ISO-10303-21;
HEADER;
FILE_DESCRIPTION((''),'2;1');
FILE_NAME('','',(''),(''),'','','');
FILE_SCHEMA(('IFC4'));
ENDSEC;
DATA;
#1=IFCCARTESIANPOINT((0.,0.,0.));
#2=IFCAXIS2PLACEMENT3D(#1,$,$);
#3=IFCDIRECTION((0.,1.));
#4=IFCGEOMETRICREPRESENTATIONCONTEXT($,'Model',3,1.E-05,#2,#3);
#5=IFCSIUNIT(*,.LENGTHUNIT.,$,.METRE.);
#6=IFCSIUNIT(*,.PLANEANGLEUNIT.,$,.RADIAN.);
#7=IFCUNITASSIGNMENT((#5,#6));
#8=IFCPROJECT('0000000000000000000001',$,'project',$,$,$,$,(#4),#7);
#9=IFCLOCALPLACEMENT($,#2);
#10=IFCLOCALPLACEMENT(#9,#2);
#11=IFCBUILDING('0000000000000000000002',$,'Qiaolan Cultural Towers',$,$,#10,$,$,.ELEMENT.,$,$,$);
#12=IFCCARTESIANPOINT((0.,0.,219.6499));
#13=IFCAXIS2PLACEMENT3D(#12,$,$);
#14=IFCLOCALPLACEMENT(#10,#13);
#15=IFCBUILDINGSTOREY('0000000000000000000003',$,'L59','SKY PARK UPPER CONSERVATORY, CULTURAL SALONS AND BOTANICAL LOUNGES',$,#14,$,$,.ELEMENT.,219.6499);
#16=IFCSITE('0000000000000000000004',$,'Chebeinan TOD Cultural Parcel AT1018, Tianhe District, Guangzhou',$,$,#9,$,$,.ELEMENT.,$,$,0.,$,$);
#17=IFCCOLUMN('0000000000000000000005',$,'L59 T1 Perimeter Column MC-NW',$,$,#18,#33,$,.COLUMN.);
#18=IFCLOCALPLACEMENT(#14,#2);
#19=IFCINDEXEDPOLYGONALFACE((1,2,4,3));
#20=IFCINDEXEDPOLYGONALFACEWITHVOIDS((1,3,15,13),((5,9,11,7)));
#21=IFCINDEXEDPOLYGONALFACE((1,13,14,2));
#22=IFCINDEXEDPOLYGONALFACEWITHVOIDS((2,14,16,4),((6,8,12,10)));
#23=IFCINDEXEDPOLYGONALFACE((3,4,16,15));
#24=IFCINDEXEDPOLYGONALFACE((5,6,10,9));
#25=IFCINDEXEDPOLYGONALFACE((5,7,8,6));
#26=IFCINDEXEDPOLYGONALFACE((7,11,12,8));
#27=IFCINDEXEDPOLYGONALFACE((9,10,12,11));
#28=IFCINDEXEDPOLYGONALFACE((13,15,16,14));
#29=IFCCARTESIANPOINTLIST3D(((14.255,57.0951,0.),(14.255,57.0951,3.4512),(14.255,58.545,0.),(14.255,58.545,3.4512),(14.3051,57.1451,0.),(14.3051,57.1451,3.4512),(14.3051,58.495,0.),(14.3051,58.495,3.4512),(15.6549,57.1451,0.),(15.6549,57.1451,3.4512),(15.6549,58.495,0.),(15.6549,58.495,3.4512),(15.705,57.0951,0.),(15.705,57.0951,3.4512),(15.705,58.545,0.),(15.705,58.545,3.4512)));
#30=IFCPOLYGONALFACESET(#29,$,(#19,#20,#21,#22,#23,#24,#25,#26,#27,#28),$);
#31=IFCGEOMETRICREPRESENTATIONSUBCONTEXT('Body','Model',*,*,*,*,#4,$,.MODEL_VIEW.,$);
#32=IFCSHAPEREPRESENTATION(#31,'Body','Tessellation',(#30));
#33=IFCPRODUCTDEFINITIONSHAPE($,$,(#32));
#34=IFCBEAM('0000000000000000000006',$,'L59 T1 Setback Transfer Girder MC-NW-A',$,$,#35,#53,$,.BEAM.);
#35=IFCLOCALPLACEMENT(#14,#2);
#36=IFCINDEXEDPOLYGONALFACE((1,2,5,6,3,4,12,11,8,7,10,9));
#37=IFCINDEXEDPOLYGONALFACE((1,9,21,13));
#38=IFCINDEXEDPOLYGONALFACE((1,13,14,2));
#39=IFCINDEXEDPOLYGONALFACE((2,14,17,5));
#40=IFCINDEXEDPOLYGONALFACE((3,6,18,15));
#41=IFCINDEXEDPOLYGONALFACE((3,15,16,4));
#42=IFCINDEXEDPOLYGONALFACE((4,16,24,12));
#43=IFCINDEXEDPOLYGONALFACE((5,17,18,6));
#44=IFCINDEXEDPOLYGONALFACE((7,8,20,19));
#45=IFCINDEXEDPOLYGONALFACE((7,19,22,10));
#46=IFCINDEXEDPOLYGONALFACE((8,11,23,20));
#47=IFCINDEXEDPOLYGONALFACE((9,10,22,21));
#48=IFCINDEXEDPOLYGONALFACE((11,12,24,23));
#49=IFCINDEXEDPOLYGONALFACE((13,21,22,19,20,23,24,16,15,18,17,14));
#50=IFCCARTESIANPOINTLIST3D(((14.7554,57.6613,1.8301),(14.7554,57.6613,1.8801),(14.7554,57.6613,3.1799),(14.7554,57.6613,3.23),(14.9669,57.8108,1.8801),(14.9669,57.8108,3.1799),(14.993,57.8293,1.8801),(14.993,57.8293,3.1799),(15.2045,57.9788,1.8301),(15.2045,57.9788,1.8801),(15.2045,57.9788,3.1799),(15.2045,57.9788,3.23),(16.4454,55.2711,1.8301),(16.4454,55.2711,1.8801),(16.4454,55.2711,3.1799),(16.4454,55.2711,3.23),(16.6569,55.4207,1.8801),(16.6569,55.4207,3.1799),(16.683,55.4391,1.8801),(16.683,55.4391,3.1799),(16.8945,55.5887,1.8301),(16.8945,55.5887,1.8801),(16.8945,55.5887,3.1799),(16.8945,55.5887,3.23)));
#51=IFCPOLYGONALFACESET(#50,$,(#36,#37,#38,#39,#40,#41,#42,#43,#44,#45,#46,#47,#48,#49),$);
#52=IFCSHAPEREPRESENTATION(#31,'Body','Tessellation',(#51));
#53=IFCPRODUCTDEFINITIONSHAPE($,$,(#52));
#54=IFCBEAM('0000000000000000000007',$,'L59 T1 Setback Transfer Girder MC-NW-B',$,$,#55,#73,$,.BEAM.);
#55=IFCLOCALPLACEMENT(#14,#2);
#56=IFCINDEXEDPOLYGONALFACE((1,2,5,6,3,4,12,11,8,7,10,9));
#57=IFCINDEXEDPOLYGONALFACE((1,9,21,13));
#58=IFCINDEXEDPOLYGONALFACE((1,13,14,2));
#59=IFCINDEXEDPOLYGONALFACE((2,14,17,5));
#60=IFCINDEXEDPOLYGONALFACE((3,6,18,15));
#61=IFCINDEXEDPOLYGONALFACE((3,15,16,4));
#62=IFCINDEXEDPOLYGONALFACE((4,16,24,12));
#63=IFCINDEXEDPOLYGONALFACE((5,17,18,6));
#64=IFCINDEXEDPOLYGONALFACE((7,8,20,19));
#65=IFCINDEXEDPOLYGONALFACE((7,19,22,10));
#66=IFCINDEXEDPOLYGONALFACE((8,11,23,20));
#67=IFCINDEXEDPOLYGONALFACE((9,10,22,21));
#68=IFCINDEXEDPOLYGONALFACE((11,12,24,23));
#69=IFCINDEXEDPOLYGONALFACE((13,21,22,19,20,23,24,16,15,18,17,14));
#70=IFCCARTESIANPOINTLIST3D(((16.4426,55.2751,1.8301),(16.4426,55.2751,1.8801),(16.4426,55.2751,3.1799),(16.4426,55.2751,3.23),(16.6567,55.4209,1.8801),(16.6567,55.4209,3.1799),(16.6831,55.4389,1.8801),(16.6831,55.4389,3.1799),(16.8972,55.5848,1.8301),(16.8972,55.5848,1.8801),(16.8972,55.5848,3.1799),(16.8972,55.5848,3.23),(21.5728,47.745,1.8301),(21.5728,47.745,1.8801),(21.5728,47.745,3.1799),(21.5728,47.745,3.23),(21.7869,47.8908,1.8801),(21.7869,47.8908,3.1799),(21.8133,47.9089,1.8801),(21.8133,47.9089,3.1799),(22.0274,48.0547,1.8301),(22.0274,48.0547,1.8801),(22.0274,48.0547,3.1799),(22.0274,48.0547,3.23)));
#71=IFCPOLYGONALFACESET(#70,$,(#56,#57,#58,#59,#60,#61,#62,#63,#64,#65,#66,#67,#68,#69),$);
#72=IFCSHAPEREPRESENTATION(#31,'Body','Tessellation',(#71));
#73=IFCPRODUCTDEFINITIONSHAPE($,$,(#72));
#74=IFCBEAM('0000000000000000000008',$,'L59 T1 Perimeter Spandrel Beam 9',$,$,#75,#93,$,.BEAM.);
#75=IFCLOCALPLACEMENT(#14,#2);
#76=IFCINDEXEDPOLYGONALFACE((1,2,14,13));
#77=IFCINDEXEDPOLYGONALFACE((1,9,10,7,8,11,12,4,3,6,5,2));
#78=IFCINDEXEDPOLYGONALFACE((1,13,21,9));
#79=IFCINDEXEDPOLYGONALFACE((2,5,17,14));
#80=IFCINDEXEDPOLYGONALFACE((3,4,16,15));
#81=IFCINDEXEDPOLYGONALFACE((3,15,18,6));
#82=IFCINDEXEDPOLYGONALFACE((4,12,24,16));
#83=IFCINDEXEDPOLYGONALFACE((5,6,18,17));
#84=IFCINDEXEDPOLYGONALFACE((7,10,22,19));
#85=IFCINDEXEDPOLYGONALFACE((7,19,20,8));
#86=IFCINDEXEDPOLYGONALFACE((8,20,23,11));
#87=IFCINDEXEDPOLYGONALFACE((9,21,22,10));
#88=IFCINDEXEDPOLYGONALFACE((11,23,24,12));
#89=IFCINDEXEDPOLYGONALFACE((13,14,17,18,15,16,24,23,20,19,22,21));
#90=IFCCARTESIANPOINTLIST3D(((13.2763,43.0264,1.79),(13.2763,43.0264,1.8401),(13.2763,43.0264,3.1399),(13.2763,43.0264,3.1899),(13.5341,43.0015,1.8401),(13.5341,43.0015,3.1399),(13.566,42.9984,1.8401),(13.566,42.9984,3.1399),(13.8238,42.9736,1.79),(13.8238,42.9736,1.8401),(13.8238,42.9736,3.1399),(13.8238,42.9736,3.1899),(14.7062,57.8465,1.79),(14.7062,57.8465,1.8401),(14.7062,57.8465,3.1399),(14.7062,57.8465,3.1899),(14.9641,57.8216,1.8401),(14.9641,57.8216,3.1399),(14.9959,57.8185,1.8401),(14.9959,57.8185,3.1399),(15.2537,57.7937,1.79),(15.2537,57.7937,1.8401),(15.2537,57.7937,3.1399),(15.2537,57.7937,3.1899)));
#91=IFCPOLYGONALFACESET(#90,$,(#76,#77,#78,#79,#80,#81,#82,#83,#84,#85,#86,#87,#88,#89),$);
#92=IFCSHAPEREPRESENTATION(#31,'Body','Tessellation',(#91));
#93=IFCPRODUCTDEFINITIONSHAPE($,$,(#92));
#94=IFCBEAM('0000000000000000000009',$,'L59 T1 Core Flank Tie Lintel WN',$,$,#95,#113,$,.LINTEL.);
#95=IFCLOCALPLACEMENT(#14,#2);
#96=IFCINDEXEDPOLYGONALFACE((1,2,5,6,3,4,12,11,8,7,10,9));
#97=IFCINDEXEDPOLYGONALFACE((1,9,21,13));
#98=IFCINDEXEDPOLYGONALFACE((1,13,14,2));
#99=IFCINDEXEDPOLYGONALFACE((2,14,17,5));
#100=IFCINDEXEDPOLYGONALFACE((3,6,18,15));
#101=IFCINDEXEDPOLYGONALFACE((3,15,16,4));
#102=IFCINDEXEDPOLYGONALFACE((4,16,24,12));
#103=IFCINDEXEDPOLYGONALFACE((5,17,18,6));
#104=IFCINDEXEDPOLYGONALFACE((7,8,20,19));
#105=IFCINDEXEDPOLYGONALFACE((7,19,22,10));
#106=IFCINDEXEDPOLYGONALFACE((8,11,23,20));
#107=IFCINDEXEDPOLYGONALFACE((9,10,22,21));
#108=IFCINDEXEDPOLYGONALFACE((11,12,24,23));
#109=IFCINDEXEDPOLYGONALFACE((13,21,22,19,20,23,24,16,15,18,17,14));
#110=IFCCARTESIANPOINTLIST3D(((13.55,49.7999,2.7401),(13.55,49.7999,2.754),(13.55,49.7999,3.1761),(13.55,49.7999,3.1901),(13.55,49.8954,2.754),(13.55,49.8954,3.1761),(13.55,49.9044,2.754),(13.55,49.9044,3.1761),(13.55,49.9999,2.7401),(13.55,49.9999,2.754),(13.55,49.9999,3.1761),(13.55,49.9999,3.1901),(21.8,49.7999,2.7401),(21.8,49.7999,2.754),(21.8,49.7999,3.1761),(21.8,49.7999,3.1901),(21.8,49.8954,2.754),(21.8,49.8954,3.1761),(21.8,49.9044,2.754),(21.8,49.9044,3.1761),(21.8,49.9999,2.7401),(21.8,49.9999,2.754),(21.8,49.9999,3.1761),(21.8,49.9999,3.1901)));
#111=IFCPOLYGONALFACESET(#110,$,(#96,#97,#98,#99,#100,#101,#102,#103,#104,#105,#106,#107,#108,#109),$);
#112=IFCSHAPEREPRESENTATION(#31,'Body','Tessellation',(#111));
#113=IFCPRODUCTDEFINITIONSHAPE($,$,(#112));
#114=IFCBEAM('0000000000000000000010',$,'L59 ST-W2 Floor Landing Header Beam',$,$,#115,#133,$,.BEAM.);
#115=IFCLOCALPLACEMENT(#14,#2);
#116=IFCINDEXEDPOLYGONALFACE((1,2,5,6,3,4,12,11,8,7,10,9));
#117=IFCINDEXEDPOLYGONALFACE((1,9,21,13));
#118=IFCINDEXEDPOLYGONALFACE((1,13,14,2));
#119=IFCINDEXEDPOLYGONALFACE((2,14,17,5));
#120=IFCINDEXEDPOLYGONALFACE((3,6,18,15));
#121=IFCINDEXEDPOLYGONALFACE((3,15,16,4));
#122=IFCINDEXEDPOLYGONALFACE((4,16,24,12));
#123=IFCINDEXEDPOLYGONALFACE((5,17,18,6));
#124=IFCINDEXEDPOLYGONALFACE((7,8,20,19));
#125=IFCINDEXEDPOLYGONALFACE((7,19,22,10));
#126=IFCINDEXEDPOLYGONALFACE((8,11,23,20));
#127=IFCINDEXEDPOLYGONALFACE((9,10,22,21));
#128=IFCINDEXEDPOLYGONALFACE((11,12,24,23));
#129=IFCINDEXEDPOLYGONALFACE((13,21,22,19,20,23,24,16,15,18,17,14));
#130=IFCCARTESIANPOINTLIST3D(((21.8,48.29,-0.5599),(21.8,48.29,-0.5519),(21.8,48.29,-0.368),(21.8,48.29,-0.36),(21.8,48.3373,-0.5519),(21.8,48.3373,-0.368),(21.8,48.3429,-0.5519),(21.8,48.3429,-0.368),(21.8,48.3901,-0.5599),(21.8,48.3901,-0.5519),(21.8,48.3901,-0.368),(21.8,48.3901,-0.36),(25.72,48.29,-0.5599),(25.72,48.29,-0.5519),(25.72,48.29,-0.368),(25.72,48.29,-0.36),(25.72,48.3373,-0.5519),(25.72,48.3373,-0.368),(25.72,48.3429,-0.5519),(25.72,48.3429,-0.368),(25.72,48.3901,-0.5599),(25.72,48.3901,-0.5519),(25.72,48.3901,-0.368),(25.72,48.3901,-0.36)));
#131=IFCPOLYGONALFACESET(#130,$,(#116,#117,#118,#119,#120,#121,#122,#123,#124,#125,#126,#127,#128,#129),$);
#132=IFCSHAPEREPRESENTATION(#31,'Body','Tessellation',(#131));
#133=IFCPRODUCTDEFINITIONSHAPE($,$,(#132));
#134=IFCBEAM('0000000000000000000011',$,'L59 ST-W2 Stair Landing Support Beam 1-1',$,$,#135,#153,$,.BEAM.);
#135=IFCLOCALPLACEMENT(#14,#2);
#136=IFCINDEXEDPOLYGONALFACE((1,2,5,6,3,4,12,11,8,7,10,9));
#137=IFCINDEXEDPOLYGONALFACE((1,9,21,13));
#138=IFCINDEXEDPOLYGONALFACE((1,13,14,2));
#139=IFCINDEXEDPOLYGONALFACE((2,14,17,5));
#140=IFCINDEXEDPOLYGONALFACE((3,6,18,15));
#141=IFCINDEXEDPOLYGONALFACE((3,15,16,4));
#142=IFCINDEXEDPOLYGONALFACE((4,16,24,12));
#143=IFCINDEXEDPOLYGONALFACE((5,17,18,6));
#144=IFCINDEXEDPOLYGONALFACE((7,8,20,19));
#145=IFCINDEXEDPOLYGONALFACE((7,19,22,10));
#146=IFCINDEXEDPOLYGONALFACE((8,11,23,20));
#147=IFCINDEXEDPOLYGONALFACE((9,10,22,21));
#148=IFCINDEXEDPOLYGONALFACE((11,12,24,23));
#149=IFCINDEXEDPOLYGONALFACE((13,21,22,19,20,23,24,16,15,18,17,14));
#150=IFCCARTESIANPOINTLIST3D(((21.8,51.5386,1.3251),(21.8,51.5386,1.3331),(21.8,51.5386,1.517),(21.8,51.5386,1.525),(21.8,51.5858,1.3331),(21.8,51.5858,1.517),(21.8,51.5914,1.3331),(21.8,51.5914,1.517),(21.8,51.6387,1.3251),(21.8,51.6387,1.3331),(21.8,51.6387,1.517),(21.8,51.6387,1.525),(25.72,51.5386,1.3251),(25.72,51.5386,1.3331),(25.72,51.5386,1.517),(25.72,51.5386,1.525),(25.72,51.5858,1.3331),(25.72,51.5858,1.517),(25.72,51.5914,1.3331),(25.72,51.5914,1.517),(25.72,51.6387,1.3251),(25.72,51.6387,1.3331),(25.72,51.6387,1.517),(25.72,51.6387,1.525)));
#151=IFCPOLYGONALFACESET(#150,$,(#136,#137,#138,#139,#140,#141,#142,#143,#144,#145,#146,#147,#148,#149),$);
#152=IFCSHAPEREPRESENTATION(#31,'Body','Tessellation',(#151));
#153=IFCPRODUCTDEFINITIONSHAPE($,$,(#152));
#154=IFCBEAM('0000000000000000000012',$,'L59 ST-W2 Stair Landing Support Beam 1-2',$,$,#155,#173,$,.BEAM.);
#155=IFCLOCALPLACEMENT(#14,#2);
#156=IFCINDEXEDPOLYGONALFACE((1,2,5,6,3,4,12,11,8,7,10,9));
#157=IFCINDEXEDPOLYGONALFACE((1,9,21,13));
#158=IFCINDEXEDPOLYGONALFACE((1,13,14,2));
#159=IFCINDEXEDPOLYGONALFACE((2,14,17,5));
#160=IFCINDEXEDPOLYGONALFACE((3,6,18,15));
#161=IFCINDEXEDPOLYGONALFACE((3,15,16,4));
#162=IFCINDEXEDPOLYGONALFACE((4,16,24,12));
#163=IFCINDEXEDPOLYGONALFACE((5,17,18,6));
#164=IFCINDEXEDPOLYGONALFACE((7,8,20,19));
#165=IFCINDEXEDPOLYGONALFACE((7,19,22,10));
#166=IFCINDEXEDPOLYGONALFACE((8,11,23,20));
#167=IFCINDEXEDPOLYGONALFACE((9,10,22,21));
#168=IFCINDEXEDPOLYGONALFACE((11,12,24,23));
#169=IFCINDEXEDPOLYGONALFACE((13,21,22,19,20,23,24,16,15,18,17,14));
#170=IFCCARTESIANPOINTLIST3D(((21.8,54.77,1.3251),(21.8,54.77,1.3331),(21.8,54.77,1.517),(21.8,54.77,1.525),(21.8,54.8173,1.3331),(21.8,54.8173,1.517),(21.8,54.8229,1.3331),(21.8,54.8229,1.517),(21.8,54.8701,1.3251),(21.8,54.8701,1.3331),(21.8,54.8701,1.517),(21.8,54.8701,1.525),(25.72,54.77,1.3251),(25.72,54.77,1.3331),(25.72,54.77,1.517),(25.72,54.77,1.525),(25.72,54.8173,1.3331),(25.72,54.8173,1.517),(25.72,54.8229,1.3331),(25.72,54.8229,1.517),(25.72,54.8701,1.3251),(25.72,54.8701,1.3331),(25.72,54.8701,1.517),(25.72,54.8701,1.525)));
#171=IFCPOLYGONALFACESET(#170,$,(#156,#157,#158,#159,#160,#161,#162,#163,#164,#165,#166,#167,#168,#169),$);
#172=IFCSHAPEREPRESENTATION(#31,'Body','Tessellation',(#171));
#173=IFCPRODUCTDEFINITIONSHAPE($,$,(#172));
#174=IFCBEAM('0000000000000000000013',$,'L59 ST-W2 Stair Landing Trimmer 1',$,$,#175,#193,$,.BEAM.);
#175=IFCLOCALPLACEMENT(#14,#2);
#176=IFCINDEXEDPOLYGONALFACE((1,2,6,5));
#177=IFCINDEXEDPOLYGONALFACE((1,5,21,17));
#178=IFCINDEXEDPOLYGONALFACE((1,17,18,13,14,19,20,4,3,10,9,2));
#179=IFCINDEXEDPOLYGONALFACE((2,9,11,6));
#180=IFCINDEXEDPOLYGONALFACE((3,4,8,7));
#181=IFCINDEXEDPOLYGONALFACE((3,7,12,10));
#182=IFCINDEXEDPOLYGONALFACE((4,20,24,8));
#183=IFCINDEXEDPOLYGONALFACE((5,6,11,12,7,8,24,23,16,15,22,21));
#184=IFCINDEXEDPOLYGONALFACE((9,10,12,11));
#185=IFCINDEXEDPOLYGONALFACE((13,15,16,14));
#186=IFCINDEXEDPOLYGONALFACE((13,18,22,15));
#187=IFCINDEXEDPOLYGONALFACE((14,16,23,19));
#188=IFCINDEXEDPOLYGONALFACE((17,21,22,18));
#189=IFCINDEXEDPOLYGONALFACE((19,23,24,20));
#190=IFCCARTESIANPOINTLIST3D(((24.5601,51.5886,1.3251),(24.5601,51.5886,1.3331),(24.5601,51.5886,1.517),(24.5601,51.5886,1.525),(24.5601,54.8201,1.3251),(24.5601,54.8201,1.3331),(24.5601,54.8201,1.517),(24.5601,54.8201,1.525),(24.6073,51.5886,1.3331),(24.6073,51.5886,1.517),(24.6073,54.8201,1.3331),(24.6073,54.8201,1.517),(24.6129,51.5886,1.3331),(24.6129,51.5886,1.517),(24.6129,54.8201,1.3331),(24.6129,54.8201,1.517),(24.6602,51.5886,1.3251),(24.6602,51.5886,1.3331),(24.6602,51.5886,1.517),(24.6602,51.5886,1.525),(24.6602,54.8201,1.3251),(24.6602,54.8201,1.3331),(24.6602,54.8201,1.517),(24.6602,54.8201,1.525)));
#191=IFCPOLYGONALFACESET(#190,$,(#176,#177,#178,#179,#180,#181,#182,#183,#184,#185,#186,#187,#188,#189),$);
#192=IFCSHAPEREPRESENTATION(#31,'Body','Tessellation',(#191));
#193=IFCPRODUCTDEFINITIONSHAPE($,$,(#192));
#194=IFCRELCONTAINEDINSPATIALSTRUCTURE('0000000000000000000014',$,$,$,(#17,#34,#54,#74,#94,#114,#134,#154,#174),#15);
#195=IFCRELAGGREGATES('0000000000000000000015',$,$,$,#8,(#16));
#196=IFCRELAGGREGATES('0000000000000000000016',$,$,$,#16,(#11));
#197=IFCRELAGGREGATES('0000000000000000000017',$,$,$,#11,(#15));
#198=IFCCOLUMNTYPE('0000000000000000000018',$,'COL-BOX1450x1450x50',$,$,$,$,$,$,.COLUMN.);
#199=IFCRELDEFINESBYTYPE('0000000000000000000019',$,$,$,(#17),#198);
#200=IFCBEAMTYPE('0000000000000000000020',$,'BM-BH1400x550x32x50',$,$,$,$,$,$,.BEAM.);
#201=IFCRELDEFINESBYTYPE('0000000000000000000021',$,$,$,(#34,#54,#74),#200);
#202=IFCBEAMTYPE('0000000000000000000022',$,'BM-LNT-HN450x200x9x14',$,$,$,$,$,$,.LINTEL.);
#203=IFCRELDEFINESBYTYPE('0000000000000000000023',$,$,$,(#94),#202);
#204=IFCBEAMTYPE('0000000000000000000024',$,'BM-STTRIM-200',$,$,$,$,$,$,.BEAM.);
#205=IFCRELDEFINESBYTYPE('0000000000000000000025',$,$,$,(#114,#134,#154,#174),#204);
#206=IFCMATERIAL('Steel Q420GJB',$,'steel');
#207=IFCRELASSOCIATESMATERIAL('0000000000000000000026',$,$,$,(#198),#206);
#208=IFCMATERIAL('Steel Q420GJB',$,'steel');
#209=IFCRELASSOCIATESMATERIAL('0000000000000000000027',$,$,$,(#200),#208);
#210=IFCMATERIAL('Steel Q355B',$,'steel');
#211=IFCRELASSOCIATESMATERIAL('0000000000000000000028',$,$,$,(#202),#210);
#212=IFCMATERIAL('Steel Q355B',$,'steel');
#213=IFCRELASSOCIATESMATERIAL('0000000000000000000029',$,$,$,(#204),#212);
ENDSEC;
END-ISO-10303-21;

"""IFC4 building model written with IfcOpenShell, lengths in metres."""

from ifc_helpers import new_model, si_unit, direction, frame, origin, origin_2d, place, context, subcontext, project, spatial, hollow_rectangle, i_section, extrude, material, material_profile, profile_set, type_object, element, save


model = new_model("IFC4")

# Units and contexts
model_context = context("Model", 3, precision=1e-05, world=origin(), true_north=direction((0.0, 1.0)))
body_context = subcontext(model_context, "Body", "Model", "MODEL_VIEW")
ifc_project = project(units=[si_unit("LENGTHUNIT", "METRE"), si_unit("PLANEANGLEUNIT", "RADIAN")], contexts=[model_context])

# Site, building, storey
site_placement = place(None, origin())
site = spatial("IfcSite", under=ifc_project, at=site_placement, Name="Chebeinan TOD Cultural Parcel AT1018, Tianhe District, Guangzhou", CompositionType="ELEMENT", RefElevation=0.0)
building_placement = place(site_placement, origin())
building = spatial("IfcBuilding", under=site, at=building_placement, Name="Qiaolan Cultural Towers", CompositionType="ELEMENT")
storey_placement = place(building_placement, frame((0.0, 0.0, 219.6499)))
storey = spatial("IfcBuildingStorey", under=building, at=storey_placement, Name="L59", Description="SKY PARK UPPER CONSERVATORY, CULTURAL SALONS AND BOTANICAL LOUNGES", CompositionType="ELEMENT", Elevation=219.6499)

# Column
ifc_material_1 = material(Name="Steel Q420GJB", Category="steel")
ifc_material_profile_1 = material_profile(ifc_material_1, hollow_rectangle(XDim=1.45, YDim=1.45, WallThickness=0.05, at=origin_2d()), Name="BOX1450x1450x50")
ifc_profile_set_1 = profile_set([ifc_material_profile_1], Name="Steel Q420GJB")
column_type = type_object("IfcColumnType", Name="COL-BOX1450x1450x50", PredefinedType="COLUMN", material=ifc_profile_set_1)
column_placement = place(storey_placement, frame((14.98, 57.8201, 0.0), z_axis=(0.0, 0.0, 1.0), x_axis=(1.0, 0.0, 0.0)))
element("IfcColumn", 1, at=column_placement, inside=storey, type_object=column_type, Name="L59 T1 Perimeter Column MC-NW", PredefinedType="COLUMN", context=body_context, shape_type="SweptSolid", body=[
    extrude(hollow_rectangle(XDim=1.45, YDim=1.45, WallThickness=0.05, at=origin_2d()), origin(), (0.0, 0.0, 1.0), 3.4512),
])

# Beams
ifc_material_2 = material(Name="Steel Q420GJB", Category="steel")
ifc_material_profile_2 = material_profile(ifc_material_2, i_section(OverallWidth=0.55, OverallDepth=1.3999, WebThickness=0.032, FlangeThickness=0.05, at=origin_2d()), Name="BH1400x550x32x50")
ifc_profile_set_2 = profile_set([ifc_material_profile_2], Name="Steel Q420GJB")
beam_type_1 = type_object("IfcBeamType", Name="BM-BH1400x550x32x50", PredefinedType="BEAM", material=ifc_profile_set_2)
beam_1_placement = place(storey_placement, frame((14.98, 57.8201, 2.53), z_axis=(0.577318, -0.816519, 0.0), x_axis=(0.816519, 0.577318, 0.0)))
element("IfcBeam", 2, at=beam_1_placement, inside=storey, type_object=beam_type_1, Name="L59 T1 Setback Transfer Girder MC-NW-A", PredefinedType="BEAM", context=body_context, shape_type="SweptSolid", body=[
    extrude(i_section(OverallWidth=0.55, OverallDepth=1.3999, WebThickness=0.032, FlangeThickness=0.05, at=origin_2d()), origin(), (0.0, 0.0, 1.0), 2.9272),
])
beam_2_placement = place(storey_placement, frame((16.6699, 55.4299, 2.53), z_axis=(0.563038, -0.826431, 0.0), x_axis=(0.826431, 0.563038, 0.0)))
element("IfcBeam", 3, at=beam_2_placement, inside=storey, type_object=beam_type_1, Name="L59 T1 Setback Transfer Girder MC-NW-B", PredefinedType="BEAM", context=body_context, shape_type="SweptSolid", body=[
    extrude(i_section(OverallWidth=0.55, OverallDepth=1.3999, WebThickness=0.032, FlangeThickness=0.05, at=origin_2d()), origin(), (0.0, 0.0, 1.0), 9.1116),
])
beam_3_placement = place(storey_placement, frame((14.98, 57.8201, 2.49), z_axis=(-0.09604, -0.995377, 0.0), x_axis=(0.995377, -0.09604, 0.0)))
element("IfcBeam", 4, at=beam_3_placement, inside=storey, type_object=beam_type_1, Name="L59 T1 Perimeter Spandrel Beam 9", PredefinedType="BEAM", context=body_context, shape_type="SweptSolid", body=[
    extrude(i_section(OverallWidth=0.55, OverallDepth=1.3999, WebThickness=0.032, FlangeThickness=0.05, at=origin_2d()), origin(), (0.0, 0.0, 1.0), 14.8889),
])
ifc_material_3 = material(Name="Steel Q355B", Category="steel")
ifc_material_profile_3 = material_profile(ifc_material_3, i_section(OverallWidth=0.2, OverallDepth=0.45, WebThickness=0.009, FlangeThickness=0.0139, at=origin_2d()), Name="HN450x200x9x14")
ifc_profile_set_3 = profile_set([ifc_material_profile_3], Name="Steel Q355B")
beam_type_2 = type_object("IfcBeamType", Name="BM-LNT-HN450x200x9x14", PredefinedType="LINTEL", material=ifc_profile_set_3)
beam_4_placement = place(storey_placement, frame((21.8, 49.8999, 2.9651), z_axis=(-1.0, 0.0, 0.0), x_axis=(0.0, -1.0, 0.0)))
element("IfcBeam", 5, at=beam_4_placement, inside=storey, type_object=beam_type_2, Name="L59 T1 Core Flank Tie Lintel WN", PredefinedType="LINTEL", context=body_context, shape_type="SweptSolid", body=[
    extrude(i_section(OverallWidth=0.2, OverallDepth=0.45, WebThickness=0.009, FlangeThickness=0.0139, at=origin_2d()), origin(), (0.0, 0.0, 1.0), 8.25),
])
ifc_material_4 = material(Name="Steel Q355B", Category="steel")
ifc_material_profile_4 = material_profile(ifc_material_4, i_section(OverallWidth=0.1001, OverallDepth=0.2, WebThickness=0.0056, FlangeThickness=0.0081, at=origin_2d()), Name="HN200x100x5.5x8")
ifc_profile_set_4 = profile_set([ifc_material_profile_4], Name="Steel Q355B")
beam_type_3 = type_object("IfcBeamType", Name="BM-STTRIM-200", PredefinedType="BEAM", material=ifc_profile_set_4)
for number, where, z_axis, x_axis, name in (
    (6, (21.8, 48.3401, -0.46), (1.0, 0.0, 0.0), (0.0, 1.0, 0.0), "L59 ST-W2 Floor Landing Header Beam"),
    (7, (21.8, 51.5886, 1.425), (1.0, 0.0, 0.0), (0.0, 1.0, 0.0), "L59 ST-W2 Stair Landing Support Beam 1-1"),
    (8, (21.8, 54.8201, 1.425), (1.0, 0.0, 0.0), (0.0, 1.0, 0.0), "L59 ST-W2 Stair Landing Support Beam 1-2"),
):
    element("IfcBeam", number, at=place(storey_placement, frame(where, z_axis=z_axis, x_axis=x_axis)), inside=storey, type_object=beam_type_3, Name=name, PredefinedType="BEAM", context=body_context, shape_type="SweptSolid", body=[
        extrude(i_section(OverallWidth=0.1001, OverallDepth=0.2, WebThickness=0.0056, FlangeThickness=0.0081, at=origin_2d()), origin(), (0.0, 0.0, 1.0), 3.9199),
    ])
beam_5_placement = place(storey_placement, frame((24.6101, 51.5886, 1.425), z_axis=(0.0, 1.0, 0.0), x_axis=(-1.0, 0.0, 0.0)))
element("IfcBeam", 9, at=beam_5_placement, inside=storey, type_object=beam_type_3, Name="L59 ST-W2 Stair Landing Trimmer 1", PredefinedType="BEAM", context=body_context, shape_type="SweptSolid", body=[
    extrude(i_section(OverallWidth=0.1001, OverallDepth=0.2, WebThickness=0.0056, FlangeThickness=0.0081, at=origin_2d()), origin(), (0.0, 0.0, 1.0), 3.2314),
])

save(model, "model.ifc")
